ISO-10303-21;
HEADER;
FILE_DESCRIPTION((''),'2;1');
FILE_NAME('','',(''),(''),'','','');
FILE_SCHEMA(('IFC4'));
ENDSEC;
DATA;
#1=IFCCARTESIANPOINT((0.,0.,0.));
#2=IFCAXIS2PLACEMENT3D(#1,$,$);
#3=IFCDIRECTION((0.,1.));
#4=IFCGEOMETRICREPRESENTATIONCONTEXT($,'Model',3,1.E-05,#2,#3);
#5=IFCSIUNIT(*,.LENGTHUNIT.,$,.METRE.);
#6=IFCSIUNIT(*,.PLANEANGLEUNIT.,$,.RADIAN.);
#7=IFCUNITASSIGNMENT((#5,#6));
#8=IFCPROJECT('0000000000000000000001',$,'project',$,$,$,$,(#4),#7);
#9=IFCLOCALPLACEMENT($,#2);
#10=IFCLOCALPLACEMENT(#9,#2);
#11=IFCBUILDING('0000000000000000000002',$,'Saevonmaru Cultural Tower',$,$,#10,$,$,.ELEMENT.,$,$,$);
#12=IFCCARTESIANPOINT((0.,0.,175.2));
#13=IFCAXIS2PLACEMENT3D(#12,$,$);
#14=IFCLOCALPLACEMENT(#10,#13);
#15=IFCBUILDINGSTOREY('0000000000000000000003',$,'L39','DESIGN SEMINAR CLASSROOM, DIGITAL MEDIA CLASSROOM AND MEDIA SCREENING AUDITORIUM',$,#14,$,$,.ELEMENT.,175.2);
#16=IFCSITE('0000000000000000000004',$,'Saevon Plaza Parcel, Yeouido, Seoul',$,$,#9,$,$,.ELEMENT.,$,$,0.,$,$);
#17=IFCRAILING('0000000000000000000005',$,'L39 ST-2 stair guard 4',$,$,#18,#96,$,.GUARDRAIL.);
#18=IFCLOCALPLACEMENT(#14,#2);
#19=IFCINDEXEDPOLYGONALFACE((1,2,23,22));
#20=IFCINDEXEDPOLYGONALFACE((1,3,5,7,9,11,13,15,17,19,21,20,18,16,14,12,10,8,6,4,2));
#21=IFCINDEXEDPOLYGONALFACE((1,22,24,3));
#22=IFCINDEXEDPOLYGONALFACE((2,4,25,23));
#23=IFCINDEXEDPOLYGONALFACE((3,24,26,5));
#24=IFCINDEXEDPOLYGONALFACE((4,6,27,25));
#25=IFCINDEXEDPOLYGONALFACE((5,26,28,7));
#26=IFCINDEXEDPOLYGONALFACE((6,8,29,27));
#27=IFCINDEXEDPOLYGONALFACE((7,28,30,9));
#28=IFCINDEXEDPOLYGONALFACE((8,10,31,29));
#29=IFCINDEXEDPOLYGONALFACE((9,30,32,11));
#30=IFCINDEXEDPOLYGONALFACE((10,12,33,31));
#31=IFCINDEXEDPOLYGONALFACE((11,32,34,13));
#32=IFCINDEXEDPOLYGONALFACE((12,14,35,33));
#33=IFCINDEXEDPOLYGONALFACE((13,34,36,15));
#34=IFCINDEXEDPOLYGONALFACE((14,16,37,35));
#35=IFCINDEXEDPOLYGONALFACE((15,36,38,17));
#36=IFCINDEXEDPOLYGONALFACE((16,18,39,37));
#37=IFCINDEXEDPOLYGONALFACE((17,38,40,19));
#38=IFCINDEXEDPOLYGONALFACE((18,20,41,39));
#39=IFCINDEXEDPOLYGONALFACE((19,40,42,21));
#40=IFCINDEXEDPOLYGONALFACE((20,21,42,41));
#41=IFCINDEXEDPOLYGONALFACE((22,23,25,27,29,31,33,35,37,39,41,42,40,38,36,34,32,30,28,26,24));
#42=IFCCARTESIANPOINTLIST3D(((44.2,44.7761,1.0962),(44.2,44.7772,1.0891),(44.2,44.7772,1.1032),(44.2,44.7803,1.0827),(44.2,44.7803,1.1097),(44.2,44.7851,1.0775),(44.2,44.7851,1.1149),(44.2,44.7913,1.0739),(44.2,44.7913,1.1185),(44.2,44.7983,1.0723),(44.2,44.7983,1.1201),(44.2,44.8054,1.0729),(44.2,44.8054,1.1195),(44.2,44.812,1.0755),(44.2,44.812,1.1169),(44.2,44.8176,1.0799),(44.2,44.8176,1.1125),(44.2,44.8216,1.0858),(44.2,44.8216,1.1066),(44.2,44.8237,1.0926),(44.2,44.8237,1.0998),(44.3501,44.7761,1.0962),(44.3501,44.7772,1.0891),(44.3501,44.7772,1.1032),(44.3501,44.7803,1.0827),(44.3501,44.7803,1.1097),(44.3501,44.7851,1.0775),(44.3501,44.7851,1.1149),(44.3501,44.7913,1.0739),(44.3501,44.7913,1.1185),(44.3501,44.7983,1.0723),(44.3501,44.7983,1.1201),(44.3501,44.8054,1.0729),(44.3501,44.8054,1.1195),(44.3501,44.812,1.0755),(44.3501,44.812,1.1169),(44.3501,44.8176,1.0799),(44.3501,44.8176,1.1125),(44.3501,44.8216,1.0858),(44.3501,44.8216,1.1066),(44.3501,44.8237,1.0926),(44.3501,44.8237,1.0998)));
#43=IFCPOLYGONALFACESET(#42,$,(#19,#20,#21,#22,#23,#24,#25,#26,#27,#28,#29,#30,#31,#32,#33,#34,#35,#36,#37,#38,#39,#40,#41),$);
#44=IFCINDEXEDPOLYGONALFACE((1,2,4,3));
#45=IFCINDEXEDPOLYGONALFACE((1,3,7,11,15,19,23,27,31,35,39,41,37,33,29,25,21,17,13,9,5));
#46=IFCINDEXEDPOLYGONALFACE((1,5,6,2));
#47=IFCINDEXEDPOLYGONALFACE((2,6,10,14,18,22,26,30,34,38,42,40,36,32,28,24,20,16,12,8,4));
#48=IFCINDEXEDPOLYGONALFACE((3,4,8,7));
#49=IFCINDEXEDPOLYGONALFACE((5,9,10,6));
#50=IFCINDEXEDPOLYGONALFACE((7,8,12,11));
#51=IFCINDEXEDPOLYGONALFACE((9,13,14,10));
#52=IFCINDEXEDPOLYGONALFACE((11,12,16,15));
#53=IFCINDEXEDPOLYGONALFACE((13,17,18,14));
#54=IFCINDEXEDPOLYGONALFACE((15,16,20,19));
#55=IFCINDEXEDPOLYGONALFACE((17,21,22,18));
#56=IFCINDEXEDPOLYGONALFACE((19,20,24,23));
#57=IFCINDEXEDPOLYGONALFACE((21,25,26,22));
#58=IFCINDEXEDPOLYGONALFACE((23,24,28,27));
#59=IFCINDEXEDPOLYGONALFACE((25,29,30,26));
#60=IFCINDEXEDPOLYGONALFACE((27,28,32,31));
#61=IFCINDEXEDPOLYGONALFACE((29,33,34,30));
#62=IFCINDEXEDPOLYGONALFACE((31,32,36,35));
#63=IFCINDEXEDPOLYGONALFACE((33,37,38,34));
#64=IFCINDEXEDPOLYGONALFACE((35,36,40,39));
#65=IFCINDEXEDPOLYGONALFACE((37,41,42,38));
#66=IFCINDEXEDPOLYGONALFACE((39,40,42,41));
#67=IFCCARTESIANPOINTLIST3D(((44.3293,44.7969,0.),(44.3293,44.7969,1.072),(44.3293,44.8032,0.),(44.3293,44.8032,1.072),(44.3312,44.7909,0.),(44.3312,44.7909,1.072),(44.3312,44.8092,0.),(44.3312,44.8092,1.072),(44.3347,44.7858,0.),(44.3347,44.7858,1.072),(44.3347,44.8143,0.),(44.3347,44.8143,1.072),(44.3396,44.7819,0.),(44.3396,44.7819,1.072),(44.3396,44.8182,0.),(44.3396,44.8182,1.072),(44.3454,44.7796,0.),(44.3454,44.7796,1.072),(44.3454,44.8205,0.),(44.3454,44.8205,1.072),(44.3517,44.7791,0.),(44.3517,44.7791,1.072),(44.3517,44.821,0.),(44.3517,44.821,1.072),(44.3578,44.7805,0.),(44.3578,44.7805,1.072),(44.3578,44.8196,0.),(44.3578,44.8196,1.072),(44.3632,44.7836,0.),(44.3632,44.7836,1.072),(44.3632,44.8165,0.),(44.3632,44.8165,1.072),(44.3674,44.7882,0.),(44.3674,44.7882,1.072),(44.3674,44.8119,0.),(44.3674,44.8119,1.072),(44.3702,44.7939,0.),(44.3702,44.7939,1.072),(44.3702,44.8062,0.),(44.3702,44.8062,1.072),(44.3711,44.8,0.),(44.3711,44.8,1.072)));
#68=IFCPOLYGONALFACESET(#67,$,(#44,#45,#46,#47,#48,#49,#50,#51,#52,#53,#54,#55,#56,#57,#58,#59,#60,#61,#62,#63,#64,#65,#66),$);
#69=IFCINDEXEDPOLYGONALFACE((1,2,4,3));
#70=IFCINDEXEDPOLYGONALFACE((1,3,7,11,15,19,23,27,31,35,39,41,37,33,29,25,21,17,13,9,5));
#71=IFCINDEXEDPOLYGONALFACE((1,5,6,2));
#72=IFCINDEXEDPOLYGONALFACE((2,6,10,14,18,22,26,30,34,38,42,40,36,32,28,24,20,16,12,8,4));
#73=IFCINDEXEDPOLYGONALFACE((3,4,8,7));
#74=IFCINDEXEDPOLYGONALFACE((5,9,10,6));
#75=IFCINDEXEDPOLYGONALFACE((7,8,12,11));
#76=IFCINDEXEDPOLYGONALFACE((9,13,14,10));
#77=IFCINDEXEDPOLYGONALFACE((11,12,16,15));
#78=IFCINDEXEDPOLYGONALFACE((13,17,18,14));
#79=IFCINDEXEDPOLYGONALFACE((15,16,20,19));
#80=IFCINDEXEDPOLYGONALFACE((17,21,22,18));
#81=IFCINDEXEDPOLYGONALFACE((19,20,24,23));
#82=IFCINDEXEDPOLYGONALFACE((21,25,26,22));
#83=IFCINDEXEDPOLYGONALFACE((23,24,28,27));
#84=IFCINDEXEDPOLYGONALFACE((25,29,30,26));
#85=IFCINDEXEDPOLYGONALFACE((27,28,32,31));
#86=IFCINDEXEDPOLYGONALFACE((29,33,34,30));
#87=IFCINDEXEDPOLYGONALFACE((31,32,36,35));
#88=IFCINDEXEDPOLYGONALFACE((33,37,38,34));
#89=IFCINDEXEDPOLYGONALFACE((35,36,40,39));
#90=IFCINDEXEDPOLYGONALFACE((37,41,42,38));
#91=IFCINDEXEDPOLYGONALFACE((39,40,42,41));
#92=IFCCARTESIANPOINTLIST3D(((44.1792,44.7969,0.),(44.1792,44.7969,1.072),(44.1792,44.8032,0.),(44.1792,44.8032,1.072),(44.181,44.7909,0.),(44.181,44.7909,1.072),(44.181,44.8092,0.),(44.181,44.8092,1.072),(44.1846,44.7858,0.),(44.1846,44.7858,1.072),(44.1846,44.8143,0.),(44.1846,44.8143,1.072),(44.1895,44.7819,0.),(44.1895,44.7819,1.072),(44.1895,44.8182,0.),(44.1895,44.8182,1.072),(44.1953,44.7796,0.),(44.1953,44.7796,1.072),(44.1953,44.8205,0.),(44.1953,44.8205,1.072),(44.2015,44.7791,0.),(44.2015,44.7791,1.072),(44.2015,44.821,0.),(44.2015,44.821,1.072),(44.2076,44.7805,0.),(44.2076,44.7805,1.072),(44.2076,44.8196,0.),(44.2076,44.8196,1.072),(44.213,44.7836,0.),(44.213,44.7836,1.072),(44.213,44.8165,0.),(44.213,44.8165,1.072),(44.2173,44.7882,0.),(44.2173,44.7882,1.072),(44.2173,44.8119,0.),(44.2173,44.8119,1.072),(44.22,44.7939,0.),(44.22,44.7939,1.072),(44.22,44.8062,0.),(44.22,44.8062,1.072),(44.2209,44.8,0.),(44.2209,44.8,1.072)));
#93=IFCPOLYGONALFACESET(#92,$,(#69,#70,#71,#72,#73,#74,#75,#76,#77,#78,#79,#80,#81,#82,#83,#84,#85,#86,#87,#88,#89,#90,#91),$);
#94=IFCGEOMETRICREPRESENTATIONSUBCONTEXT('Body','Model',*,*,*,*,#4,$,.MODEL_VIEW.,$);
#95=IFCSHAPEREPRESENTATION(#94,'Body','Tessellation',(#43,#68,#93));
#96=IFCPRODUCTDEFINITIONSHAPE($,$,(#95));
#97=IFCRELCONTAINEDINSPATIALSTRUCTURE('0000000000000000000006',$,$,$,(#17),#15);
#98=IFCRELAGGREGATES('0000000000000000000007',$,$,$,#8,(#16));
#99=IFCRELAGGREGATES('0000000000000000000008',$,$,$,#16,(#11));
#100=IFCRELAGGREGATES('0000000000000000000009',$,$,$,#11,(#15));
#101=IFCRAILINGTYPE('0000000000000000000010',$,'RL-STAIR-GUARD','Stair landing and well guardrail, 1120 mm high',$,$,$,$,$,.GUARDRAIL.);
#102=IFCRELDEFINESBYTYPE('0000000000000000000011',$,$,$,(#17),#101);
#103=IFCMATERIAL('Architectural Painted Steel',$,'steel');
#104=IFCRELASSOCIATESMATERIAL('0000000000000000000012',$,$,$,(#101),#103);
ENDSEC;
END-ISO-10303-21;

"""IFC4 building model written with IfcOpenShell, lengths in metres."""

from ifc_helpers import new_model, si_unit, direction, frame, origin, origin_2d, place, context, subcontext, project, spatial, circle, extrude, material, type_object, element, save


model = new_model("IFC4")

# Units and contexts
model_context = context("Model", 3, precision=1e-05, world=origin(), true_north=direction((0.0, 1.0)))
body_context = subcontext(model_context, "Body", "Model", "MODEL_VIEW")
ifc_project = project(units=[si_unit("LENGTHUNIT", "METRE"), si_unit("PLANEANGLEUNIT", "RADIAN")], contexts=[model_context])

# Site, building, storey
site_placement = place(None, origin())
site = spatial("IfcSite", under=ifc_project, at=site_placement, Name="Saevon Plaza Parcel, Yeouido, Seoul", CompositionType="ELEMENT", RefElevation=0.0)
building_placement = place(site_placement, origin())
building = spatial("IfcBuilding", under=site, at=building_placement, Name="Saevonmaru Cultural Tower", CompositionType="ELEMENT")
storey_placement = place(building_placement, frame((0.0, 0.0, 175.2)))
storey = spatial("IfcBuildingStorey", under=building, at=storey_placement, Name="L39", Description="DESIGN SEMINAR CLASSROOM, DIGITAL MEDIA CLASSROOM AND MEDIA SCREENING AUDITORIUM", CompositionType="ELEMENT", Elevation=175.2)

# Railing
ifc_material_1 = material(Name="Architectural Painted Steel", Category="steel")
railing_type_1 = type_object("IfcRailingType", Name="RL-STAIR-GUARD", Description="Stair landing and well guardrail, 1120 mm high", PredefinedType="GUARDRAIL", material=ifc_material_1)
railing_1_placement = place(storey_placement, frame((44.3501, 44.8, 0.0)))
element("IfcRailing", 1, at=railing_1_placement, inside=storey, type_object=railing_type_1, Name="L39 ST-2 stair guard 4", PredefinedType="GUARDRAIL", context=body_context, shape_type="SweptSolid", body=[
    extrude(circle(Radius=0.0239, at=origin_2d()), frame((0.0, 0.0, 1.0962), z_axis=(-1.0, 0.0, 0.0), x_axis=(0.0, -1.0, 0.0)), (0.0, 0.0, 1.0), 0.1501),
    extrude(circle(Radius=0.021, at=origin_2d()), origin(), (0.0, 0.0, 1.0), 1.072),
    extrude(circle(Radius=0.021, at=origin_2d()), frame((-0.1501, 0.0, 0.0)), (0.0, 0.0, 1.0), 1.072),
])

save(model, "model.ifc")
